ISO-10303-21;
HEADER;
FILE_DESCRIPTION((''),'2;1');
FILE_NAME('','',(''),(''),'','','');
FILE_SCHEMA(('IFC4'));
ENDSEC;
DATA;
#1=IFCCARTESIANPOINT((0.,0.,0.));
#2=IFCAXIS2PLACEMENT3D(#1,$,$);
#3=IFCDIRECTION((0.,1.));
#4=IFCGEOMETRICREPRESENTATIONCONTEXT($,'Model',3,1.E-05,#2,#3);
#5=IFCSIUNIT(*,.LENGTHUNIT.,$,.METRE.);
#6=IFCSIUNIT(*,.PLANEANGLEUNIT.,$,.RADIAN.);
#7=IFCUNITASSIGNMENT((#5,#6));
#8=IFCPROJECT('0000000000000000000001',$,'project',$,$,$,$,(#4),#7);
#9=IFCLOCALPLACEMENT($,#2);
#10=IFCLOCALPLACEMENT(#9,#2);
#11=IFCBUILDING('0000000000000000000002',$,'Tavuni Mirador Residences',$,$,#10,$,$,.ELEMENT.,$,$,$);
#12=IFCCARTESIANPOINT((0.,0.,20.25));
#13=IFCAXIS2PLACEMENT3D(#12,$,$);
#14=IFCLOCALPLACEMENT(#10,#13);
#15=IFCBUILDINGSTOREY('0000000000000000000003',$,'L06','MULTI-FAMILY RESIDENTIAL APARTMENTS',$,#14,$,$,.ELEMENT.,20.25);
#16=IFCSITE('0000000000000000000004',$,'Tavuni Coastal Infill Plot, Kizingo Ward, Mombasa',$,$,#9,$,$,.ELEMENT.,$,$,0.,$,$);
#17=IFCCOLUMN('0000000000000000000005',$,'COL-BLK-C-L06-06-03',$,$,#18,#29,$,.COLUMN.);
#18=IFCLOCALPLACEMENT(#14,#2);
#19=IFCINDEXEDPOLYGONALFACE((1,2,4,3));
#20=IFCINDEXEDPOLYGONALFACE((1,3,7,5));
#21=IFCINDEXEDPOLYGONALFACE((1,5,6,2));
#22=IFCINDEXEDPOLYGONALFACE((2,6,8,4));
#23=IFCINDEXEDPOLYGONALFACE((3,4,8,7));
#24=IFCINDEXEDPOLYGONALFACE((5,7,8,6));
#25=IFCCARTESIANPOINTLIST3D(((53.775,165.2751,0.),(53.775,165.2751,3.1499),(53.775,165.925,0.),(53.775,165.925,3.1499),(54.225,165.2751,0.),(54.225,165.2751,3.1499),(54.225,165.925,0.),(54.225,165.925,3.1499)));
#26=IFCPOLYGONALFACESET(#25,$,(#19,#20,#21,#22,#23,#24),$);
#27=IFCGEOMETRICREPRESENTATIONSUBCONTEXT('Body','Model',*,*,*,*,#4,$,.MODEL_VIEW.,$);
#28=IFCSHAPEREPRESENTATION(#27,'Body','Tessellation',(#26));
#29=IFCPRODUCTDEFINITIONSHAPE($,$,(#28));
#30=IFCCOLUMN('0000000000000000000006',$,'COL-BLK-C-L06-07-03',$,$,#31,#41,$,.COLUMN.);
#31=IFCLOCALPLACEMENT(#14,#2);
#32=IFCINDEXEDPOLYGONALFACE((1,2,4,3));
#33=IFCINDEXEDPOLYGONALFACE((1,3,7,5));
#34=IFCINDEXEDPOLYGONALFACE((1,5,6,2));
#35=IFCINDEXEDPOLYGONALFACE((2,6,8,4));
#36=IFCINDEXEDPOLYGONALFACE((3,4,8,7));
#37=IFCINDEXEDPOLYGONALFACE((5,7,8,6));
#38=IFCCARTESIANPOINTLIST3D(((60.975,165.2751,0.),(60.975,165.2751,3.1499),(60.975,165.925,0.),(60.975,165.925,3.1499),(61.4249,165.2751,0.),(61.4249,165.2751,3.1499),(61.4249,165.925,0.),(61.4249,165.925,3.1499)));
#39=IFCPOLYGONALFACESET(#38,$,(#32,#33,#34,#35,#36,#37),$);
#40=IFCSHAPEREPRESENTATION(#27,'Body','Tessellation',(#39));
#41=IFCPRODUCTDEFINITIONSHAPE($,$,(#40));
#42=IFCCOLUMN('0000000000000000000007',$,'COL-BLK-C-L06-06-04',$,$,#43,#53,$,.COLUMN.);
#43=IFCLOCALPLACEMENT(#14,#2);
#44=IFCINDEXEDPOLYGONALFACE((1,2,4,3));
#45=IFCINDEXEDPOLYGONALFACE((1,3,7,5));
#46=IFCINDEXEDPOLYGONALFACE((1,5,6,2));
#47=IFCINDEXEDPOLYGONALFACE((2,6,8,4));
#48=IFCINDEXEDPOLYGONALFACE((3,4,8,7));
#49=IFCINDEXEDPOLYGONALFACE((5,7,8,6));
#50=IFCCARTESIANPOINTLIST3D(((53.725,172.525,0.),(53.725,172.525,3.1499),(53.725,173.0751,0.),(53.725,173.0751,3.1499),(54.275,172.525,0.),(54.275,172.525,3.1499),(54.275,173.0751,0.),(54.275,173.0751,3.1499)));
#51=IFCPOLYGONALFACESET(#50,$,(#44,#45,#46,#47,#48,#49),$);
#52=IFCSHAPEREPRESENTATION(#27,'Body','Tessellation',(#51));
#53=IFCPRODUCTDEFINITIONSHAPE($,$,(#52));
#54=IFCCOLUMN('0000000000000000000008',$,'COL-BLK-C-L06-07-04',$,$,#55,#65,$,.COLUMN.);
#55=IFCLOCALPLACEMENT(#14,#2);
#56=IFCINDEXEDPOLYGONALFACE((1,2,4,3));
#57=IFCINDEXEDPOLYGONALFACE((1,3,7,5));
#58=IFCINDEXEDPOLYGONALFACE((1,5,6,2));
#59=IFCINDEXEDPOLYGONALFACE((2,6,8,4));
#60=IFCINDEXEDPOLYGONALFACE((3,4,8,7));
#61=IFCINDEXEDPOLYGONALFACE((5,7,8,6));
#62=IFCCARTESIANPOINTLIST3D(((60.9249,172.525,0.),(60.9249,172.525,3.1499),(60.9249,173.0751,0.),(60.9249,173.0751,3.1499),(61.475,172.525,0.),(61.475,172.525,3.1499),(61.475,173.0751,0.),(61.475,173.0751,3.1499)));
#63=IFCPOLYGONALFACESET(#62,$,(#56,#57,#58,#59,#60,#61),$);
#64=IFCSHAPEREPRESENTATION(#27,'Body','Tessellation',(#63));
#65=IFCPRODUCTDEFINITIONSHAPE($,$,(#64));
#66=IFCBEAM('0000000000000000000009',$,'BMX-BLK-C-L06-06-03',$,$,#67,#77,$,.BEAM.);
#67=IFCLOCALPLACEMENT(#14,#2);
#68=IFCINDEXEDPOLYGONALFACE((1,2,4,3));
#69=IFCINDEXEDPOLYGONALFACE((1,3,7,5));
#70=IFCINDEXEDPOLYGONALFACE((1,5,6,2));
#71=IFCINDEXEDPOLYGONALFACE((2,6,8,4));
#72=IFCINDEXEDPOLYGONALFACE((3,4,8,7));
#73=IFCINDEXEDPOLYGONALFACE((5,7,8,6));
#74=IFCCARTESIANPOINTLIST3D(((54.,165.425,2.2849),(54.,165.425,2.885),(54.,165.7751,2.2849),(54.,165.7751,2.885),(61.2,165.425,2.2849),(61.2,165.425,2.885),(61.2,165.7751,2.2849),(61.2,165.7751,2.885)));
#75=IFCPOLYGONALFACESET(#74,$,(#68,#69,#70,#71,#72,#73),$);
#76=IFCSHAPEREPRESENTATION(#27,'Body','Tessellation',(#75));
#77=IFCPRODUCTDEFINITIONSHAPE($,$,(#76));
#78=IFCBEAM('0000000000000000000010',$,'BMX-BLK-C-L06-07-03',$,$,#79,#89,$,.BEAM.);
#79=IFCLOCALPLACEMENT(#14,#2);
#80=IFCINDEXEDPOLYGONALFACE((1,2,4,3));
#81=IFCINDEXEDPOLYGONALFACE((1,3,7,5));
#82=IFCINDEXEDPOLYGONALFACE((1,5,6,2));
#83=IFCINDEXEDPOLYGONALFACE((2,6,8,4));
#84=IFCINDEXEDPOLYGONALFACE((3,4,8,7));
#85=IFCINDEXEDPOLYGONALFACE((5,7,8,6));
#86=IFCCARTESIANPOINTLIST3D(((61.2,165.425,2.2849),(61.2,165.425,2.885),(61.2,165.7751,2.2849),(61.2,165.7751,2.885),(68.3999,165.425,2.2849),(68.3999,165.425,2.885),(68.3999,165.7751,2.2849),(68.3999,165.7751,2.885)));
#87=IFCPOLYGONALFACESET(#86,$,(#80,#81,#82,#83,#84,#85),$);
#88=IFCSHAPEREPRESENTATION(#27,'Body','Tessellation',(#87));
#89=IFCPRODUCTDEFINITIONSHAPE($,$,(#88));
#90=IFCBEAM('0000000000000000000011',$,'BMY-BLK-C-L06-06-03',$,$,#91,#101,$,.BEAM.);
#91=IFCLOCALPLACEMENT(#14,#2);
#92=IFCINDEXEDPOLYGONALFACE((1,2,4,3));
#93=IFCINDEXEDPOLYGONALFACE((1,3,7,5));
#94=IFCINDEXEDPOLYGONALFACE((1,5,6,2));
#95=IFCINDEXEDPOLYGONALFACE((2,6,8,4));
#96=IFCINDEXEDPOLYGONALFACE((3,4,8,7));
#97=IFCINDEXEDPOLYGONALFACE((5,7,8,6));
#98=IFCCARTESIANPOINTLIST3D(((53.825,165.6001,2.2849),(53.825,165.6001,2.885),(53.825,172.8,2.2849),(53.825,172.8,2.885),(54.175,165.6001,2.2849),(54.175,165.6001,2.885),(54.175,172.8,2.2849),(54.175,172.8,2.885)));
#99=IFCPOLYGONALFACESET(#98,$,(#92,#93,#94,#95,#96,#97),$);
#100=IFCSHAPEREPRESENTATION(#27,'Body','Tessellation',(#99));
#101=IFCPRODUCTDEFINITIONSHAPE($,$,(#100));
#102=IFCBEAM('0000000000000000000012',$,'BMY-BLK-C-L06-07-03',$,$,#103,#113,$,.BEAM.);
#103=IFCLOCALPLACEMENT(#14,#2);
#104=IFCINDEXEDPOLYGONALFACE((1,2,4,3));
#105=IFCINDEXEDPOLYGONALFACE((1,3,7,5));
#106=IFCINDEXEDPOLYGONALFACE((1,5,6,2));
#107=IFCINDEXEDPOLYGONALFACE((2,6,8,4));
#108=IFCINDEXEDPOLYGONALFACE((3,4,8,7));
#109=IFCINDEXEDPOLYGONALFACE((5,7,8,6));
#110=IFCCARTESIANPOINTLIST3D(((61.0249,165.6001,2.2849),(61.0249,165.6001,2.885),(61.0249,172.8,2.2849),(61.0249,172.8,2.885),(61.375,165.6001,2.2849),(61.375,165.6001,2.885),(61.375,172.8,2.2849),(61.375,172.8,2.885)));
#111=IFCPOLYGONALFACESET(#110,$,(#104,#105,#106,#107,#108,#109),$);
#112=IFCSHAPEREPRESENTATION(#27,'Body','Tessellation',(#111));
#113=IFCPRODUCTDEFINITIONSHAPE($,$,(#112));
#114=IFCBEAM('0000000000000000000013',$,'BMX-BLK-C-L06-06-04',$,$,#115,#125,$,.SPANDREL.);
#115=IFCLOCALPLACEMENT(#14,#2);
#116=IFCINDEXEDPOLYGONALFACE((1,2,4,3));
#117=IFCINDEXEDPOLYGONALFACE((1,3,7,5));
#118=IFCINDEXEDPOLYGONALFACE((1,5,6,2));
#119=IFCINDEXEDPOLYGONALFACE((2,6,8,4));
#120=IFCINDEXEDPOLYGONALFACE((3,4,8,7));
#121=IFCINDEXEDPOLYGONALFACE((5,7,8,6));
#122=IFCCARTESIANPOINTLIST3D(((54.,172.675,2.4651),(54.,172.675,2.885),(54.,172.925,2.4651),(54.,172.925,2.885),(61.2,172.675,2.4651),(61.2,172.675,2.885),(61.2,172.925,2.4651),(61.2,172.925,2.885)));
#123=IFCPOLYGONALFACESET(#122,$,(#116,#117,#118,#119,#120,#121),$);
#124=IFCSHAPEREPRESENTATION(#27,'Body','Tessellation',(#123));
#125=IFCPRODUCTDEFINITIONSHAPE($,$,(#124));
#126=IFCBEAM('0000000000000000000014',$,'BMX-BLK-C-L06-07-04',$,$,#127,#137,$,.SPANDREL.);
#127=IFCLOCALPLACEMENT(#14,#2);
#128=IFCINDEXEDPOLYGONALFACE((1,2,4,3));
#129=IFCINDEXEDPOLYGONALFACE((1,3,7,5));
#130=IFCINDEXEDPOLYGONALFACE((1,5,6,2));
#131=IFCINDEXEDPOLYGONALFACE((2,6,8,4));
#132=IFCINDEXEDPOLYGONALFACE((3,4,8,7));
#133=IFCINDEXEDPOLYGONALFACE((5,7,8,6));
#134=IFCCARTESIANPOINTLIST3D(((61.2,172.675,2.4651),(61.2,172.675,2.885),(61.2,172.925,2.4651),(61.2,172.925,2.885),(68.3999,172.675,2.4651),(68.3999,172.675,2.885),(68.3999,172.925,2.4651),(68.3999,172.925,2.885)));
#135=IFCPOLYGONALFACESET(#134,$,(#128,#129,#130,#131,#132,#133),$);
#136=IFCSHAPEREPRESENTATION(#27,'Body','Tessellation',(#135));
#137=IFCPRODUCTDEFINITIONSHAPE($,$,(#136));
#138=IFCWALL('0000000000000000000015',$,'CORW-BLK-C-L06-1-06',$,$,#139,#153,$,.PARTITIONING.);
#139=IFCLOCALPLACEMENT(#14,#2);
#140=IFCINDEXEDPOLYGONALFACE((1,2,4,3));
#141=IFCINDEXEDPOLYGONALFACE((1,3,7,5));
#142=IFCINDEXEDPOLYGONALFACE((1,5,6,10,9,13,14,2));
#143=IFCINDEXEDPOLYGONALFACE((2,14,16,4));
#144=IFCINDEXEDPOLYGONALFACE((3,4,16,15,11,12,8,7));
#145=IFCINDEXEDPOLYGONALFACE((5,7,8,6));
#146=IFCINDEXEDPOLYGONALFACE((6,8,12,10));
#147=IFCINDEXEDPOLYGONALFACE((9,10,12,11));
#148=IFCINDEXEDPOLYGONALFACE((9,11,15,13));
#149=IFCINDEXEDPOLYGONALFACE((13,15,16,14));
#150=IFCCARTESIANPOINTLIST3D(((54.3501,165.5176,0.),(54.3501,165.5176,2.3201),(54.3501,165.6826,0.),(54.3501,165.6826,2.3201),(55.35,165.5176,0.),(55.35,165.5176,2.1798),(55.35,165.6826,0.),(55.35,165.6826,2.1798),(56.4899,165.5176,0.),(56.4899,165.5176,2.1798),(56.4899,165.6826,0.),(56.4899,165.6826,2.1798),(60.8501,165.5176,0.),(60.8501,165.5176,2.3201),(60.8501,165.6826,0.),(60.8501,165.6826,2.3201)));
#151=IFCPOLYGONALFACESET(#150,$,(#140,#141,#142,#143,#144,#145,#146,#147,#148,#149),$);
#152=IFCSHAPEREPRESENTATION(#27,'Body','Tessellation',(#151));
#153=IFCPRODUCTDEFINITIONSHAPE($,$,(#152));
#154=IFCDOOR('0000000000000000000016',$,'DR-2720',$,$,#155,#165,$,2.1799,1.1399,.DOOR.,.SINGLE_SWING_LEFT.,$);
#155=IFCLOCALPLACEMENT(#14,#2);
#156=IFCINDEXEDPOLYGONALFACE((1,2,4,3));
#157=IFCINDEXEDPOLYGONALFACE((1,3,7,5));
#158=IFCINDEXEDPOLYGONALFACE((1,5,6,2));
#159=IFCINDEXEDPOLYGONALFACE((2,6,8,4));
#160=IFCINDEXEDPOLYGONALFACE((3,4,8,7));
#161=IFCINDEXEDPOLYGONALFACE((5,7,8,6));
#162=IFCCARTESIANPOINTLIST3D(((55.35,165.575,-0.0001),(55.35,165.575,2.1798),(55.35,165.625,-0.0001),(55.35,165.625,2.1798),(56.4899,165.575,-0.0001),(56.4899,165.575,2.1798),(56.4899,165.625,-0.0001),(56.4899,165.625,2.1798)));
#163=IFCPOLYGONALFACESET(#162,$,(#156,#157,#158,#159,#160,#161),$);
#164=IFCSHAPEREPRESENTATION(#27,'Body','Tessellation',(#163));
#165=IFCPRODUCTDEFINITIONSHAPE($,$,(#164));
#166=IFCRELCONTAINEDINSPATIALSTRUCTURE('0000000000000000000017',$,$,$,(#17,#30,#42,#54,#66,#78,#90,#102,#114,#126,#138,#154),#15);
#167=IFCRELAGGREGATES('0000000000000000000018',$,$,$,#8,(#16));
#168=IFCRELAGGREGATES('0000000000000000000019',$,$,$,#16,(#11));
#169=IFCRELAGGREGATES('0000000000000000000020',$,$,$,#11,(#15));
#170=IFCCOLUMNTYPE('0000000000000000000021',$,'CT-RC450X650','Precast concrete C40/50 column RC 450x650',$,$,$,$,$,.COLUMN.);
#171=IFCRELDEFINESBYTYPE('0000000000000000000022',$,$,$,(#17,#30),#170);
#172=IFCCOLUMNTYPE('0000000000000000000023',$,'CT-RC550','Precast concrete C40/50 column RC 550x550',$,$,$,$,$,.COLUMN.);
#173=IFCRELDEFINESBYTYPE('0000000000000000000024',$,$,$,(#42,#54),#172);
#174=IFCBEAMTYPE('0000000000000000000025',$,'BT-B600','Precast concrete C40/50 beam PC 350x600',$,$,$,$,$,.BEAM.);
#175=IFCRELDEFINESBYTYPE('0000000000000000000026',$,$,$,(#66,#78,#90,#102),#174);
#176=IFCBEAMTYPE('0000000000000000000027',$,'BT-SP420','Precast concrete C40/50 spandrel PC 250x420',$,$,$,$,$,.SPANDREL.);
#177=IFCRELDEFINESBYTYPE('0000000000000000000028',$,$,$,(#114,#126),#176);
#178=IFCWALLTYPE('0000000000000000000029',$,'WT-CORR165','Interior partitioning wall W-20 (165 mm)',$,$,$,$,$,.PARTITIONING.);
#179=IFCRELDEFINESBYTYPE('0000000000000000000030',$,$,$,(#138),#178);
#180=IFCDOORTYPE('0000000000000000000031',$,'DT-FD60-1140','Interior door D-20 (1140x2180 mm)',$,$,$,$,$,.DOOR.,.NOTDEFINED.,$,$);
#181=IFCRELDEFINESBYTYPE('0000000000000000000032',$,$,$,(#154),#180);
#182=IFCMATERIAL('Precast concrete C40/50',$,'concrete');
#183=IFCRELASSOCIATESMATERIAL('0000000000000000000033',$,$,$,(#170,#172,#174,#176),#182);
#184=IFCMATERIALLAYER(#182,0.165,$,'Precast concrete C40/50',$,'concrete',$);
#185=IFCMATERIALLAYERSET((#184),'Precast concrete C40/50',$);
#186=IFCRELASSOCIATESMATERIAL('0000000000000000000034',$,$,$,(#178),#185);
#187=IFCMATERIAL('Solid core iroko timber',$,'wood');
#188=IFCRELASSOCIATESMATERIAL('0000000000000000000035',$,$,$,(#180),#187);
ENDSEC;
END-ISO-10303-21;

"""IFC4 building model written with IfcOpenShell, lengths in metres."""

from ifc_helpers import new_model, si_unit, direction, frame, frame_2d, origin, origin_2d, place, context, subcontext, project, spatial, rectangle, extrude, material, layer, layer_set, material_profile, profile_set, type_object, element, fill, save


model = new_model("IFC4")

# Units and contexts
model_context = context("Model", 3, precision=1e-05, world=origin(), true_north=direction((0.0, 1.0)))
body_context = subcontext(model_context, "Body", "Model", "MODEL_VIEW")
ifc_project = project(units=[si_unit("LENGTHUNIT", "METRE"), si_unit("PLANEANGLEUNIT", "RADIAN")], contexts=[model_context])

# Site, building, storey
site_placement = place(None, origin())
site = spatial("IfcSite", under=ifc_project, at=site_placement, Name="Tavuni Coastal Infill Plot, Kizingo Ward, Mombasa", CompositionType="ELEMENT", RefElevation=0.0)
building_placement = place(site_placement, origin())
building = spatial("IfcBuilding", under=site, at=building_placement, Name="Tavuni Mirador Residences", CompositionType="ELEMENT")
storey_placement = place(building_placement, frame((0.0, 0.0, 20.25)))
storey = spatial("IfcBuildingStorey", under=building, at=storey_placement, Name="L06", Description="MULTI-FAMILY RESIDENTIAL APARTMENTS", CompositionType="ELEMENT", Elevation=20.25)

# Columns
ifc_material_1 = material(Name="Precast concrete C40/50", Category="concrete")
ifc_material_profile_1 = material_profile(ifc_material_1, rectangle(XDim=0.45, YDim=0.6499, at=origin_2d()), Name="RC 450x650", Category="concrete")
ifc_profile_set_1 = profile_set([ifc_material_profile_1], Name="Precast concrete C40/50")
column_type_1 = type_object("IfcColumnType", Name="CT-RC450X650", Description="Precast concrete C40/50 column RC 450x650", PredefinedType="COLUMN", material=ifc_profile_set_1)
for number, where, z_axis, x_axis, name in (
    (1, (54.0, 165.6001, 0.0), (0.0, 0.0, 1.0), (1.0, 0.0, 0.0), "COL-BLK-C-L06-06-03"),
    (2, (61.2, 165.6001, 0.0), (0.0, 0.0, 1.0), (1.0, 0.0, 0.0), "COL-BLK-C-L06-07-03"),
):
    element("IfcColumn", number, at=place(storey_placement, frame(where, z_axis=z_axis, x_axis=x_axis)), inside=storey, type_object=column_type_1, Name=name, PredefinedType="COLUMN", context=body_context, shape_type="SweptSolid", body=[
        extrude(rectangle(XDim=0.45, YDim=0.6499, at=origin_2d()), origin(), (0.0, 0.0, 1.0), 3.1499),
    ])
ifc_material_profile_2 = material_profile(ifc_material_1, rectangle(XDim=0.55, YDim=0.55, at=origin_2d()), Name="RC 550x550", Category="concrete")
ifc_profile_set_2 = profile_set([ifc_material_profile_2], Name="Precast concrete C40/50")
column_type_2 = type_object("IfcColumnType", Name="CT-RC550", Description="Precast concrete C40/50 column RC 550x550", PredefinedType="COLUMN", material=ifc_profile_set_2)
for number, where, z_axis, x_axis, name in (
    (3, (54.0, 172.8, 0.0), (0.0, 0.0, 1.0), (1.0, 0.0, 0.0), "COL-BLK-C-L06-06-04"),
    (4, (61.2, 172.8, 0.0), (0.0, 0.0, 1.0), (1.0, 0.0, 0.0), "COL-BLK-C-L06-07-04"),
):
    element("IfcColumn", number, at=place(storey_placement, frame(where, z_axis=z_axis, x_axis=x_axis)), inside=storey, type_object=column_type_2, Name=name, PredefinedType="COLUMN", context=body_context, shape_type="SweptSolid", body=[
        extrude(rectangle(XDim=0.55, YDim=0.55, at=origin_2d()), origin(), (0.0, 0.0, 1.0), 3.1499),
    ])

# Beams
ifc_material_profile_3 = material_profile(ifc_material_1, rectangle(XDim=0.3501, YDim=0.6001, at=origin_2d()), Name="PC 350x600", Category="concrete")
ifc_profile_set_3 = profile_set([ifc_material_profile_3], Name="Precast concrete C40/50")
beam_type_1 = type_object("IfcBeamType", Name="BT-B600", Description="Precast concrete C40/50 beam PC 350x600", PredefinedType="BEAM", material=ifc_profile_set_3)
for number, where, z_axis, x_axis, name in (
    (5, (54.0, 165.6001, 2.585), (1.0, 0.0, 0.0), (0.0, 1.0, 0.0), "BMX-BLK-C-L06-06-03"),
    (6, (61.2, 165.6001, 2.585), (1.0, 0.0, 0.0), (0.0, 1.0, 0.0), "BMX-BLK-C-L06-07-03"),
    (7, (54.0, 165.6001, 2.585), (0.0, 1.0, 0.0), (-1.0, 0.0, 0.0), "BMY-BLK-C-L06-06-03"),
    (8, (61.2, 165.6001, 2.585), (0.0, 1.0, 0.0), (-1.0, 0.0, 0.0), "BMY-BLK-C-L06-07-03"),
):
    element("IfcBeam", number, at=place(storey_placement, frame(where, z_axis=z_axis, x_axis=x_axis)), inside=storey, type_object=beam_type_1, Name=name, PredefinedType="BEAM", context=body_context, shape_type="SweptSolid", body=[
        extrude(rectangle(XDim=0.3501, YDim=0.6001, at=origin_2d()), origin(), (0.0, 0.0, 1.0), 7.2),
    ])
ifc_material_profile_4 = material_profile(ifc_material_1, rectangle(XDim=0.25, YDim=0.4199, at=origin_2d()), Name="PC 250x420", Category="concrete")
ifc_profile_set_4 = profile_set([ifc_material_profile_4], Name="Precast concrete C40/50")
beam_type_2 = type_object("IfcBeamType", Name="BT-SP420", Description="Precast concrete C40/50 spandrel PC 250x420", PredefinedType="SPANDREL", material=ifc_profile_set_4)
for number, where, z_axis, x_axis, name in (
    (9, (54.0, 172.8, 2.675), (1.0, 0.0, 0.0), (0.0, 1.0, 0.0), "BMX-BLK-C-L06-06-04"),
    (10, (61.2, 172.8, 2.675), (1.0, 0.0, 0.0), (0.0, 1.0, 0.0), "BMX-BLK-C-L06-07-04"),
):
    element("IfcBeam", number, at=place(storey_placement, frame(where, z_axis=z_axis, x_axis=x_axis)), inside=storey, type_object=beam_type_2, Name=name, PredefinedType="SPANDREL", context=body_context, shape_type="SweptSolid", body=[
        extrude(rectangle(XDim=0.25, YDim=0.4199, at=origin_2d()), origin(), (0.0, 0.0, 1.0), 7.2),
    ])

# Wall, opening, door
ifc_layer_1 = layer(ifc_material_1, 0.165, Name="Precast concrete C40/50", Category="concrete")
ifc_layer_set_1 = layer_set([ifc_layer_1], Name="Precast concrete C40/50")
wall_type_1 = type_object("IfcWallType", Name="WT-CORR165", Description="Interior partitioning wall W-20 (165 mm)", PredefinedType="PARTITIONING", material=ifc_layer_set_1)
wall_1_placement = place(storey_placement, frame((54.3501, 165.6001, 0.0), z_axis=(0.0, 0.0, 1.0), x_axis=(1.0, 0.0, 0.0)))
wall_1 = element("IfcWall", 11, at=wall_1_placement, inside=storey, type_object=wall_type_1, Name="CORW-BLK-C-L06-1-06", PredefinedType="PARTITIONING", context=body_context, shape_type="SweptSolid", body=[
    extrude(rectangle(XDim=6.5, YDim=0.165, at=frame_2d((3.25, 0.0))), origin(), (0.0, 0.0, 1.0), 2.3201),
])
opening_1_placement = place(wall_1_placement, frame((1.0, 0.0, 0.0)))
opening_1 = element("IfcOpeningElement", 12, at=opening_1_placement, cuts=wall_1, PredefinedType="OPENING", context=body_context, shape_type="SweptSolid", body=[
    extrude(rectangle(XDim=1.1399, YDim=2.1799, at=frame_2d((0.5698, 1.0898))), frame((0.0, 0.0925, 0.0), z_axis=(0.0, -1.0, 0.0), x_axis=(1.0, 0.0, 0.0)), (0.0, 0.0, 1.0), 0.1851),
])
ifc_material_2 = material(Name="Solid core iroko timber", Category="wood")
door_type_1 = type_object("IfcDoorType", Name="DT-FD60-1140", Description="Interior door D-20 (1140x2180 mm)", OperationType="NOTDEFINED", PredefinedType="DOOR", material=ifc_material_2)
door_1_placement = place(opening_1_placement, origin())
door_1 = element("IfcDoor", 13, at=door_1_placement, inside=storey, type_object=door_type_1, Name="DR-2720", OperationType="SINGLE_SWING_LEFT", OverallHeight=2.1799, OverallWidth=1.1399, PredefinedType="DOOR", context=body_context, shape_type="SweptSolid", body=[
    extrude(rectangle(XDim=1.1399, YDim=2.1799, at=frame_2d((0.5698, 1.0898))), frame((0.0, 0.0249, 0.0), z_axis=(0.0, -1.0, 0.0), x_axis=(1.0, 0.0, 0.0)), (0.0, 0.0, 1.0), 0.05),
])
fill(opening_1, door_1)

save(model, "model.ifc")
